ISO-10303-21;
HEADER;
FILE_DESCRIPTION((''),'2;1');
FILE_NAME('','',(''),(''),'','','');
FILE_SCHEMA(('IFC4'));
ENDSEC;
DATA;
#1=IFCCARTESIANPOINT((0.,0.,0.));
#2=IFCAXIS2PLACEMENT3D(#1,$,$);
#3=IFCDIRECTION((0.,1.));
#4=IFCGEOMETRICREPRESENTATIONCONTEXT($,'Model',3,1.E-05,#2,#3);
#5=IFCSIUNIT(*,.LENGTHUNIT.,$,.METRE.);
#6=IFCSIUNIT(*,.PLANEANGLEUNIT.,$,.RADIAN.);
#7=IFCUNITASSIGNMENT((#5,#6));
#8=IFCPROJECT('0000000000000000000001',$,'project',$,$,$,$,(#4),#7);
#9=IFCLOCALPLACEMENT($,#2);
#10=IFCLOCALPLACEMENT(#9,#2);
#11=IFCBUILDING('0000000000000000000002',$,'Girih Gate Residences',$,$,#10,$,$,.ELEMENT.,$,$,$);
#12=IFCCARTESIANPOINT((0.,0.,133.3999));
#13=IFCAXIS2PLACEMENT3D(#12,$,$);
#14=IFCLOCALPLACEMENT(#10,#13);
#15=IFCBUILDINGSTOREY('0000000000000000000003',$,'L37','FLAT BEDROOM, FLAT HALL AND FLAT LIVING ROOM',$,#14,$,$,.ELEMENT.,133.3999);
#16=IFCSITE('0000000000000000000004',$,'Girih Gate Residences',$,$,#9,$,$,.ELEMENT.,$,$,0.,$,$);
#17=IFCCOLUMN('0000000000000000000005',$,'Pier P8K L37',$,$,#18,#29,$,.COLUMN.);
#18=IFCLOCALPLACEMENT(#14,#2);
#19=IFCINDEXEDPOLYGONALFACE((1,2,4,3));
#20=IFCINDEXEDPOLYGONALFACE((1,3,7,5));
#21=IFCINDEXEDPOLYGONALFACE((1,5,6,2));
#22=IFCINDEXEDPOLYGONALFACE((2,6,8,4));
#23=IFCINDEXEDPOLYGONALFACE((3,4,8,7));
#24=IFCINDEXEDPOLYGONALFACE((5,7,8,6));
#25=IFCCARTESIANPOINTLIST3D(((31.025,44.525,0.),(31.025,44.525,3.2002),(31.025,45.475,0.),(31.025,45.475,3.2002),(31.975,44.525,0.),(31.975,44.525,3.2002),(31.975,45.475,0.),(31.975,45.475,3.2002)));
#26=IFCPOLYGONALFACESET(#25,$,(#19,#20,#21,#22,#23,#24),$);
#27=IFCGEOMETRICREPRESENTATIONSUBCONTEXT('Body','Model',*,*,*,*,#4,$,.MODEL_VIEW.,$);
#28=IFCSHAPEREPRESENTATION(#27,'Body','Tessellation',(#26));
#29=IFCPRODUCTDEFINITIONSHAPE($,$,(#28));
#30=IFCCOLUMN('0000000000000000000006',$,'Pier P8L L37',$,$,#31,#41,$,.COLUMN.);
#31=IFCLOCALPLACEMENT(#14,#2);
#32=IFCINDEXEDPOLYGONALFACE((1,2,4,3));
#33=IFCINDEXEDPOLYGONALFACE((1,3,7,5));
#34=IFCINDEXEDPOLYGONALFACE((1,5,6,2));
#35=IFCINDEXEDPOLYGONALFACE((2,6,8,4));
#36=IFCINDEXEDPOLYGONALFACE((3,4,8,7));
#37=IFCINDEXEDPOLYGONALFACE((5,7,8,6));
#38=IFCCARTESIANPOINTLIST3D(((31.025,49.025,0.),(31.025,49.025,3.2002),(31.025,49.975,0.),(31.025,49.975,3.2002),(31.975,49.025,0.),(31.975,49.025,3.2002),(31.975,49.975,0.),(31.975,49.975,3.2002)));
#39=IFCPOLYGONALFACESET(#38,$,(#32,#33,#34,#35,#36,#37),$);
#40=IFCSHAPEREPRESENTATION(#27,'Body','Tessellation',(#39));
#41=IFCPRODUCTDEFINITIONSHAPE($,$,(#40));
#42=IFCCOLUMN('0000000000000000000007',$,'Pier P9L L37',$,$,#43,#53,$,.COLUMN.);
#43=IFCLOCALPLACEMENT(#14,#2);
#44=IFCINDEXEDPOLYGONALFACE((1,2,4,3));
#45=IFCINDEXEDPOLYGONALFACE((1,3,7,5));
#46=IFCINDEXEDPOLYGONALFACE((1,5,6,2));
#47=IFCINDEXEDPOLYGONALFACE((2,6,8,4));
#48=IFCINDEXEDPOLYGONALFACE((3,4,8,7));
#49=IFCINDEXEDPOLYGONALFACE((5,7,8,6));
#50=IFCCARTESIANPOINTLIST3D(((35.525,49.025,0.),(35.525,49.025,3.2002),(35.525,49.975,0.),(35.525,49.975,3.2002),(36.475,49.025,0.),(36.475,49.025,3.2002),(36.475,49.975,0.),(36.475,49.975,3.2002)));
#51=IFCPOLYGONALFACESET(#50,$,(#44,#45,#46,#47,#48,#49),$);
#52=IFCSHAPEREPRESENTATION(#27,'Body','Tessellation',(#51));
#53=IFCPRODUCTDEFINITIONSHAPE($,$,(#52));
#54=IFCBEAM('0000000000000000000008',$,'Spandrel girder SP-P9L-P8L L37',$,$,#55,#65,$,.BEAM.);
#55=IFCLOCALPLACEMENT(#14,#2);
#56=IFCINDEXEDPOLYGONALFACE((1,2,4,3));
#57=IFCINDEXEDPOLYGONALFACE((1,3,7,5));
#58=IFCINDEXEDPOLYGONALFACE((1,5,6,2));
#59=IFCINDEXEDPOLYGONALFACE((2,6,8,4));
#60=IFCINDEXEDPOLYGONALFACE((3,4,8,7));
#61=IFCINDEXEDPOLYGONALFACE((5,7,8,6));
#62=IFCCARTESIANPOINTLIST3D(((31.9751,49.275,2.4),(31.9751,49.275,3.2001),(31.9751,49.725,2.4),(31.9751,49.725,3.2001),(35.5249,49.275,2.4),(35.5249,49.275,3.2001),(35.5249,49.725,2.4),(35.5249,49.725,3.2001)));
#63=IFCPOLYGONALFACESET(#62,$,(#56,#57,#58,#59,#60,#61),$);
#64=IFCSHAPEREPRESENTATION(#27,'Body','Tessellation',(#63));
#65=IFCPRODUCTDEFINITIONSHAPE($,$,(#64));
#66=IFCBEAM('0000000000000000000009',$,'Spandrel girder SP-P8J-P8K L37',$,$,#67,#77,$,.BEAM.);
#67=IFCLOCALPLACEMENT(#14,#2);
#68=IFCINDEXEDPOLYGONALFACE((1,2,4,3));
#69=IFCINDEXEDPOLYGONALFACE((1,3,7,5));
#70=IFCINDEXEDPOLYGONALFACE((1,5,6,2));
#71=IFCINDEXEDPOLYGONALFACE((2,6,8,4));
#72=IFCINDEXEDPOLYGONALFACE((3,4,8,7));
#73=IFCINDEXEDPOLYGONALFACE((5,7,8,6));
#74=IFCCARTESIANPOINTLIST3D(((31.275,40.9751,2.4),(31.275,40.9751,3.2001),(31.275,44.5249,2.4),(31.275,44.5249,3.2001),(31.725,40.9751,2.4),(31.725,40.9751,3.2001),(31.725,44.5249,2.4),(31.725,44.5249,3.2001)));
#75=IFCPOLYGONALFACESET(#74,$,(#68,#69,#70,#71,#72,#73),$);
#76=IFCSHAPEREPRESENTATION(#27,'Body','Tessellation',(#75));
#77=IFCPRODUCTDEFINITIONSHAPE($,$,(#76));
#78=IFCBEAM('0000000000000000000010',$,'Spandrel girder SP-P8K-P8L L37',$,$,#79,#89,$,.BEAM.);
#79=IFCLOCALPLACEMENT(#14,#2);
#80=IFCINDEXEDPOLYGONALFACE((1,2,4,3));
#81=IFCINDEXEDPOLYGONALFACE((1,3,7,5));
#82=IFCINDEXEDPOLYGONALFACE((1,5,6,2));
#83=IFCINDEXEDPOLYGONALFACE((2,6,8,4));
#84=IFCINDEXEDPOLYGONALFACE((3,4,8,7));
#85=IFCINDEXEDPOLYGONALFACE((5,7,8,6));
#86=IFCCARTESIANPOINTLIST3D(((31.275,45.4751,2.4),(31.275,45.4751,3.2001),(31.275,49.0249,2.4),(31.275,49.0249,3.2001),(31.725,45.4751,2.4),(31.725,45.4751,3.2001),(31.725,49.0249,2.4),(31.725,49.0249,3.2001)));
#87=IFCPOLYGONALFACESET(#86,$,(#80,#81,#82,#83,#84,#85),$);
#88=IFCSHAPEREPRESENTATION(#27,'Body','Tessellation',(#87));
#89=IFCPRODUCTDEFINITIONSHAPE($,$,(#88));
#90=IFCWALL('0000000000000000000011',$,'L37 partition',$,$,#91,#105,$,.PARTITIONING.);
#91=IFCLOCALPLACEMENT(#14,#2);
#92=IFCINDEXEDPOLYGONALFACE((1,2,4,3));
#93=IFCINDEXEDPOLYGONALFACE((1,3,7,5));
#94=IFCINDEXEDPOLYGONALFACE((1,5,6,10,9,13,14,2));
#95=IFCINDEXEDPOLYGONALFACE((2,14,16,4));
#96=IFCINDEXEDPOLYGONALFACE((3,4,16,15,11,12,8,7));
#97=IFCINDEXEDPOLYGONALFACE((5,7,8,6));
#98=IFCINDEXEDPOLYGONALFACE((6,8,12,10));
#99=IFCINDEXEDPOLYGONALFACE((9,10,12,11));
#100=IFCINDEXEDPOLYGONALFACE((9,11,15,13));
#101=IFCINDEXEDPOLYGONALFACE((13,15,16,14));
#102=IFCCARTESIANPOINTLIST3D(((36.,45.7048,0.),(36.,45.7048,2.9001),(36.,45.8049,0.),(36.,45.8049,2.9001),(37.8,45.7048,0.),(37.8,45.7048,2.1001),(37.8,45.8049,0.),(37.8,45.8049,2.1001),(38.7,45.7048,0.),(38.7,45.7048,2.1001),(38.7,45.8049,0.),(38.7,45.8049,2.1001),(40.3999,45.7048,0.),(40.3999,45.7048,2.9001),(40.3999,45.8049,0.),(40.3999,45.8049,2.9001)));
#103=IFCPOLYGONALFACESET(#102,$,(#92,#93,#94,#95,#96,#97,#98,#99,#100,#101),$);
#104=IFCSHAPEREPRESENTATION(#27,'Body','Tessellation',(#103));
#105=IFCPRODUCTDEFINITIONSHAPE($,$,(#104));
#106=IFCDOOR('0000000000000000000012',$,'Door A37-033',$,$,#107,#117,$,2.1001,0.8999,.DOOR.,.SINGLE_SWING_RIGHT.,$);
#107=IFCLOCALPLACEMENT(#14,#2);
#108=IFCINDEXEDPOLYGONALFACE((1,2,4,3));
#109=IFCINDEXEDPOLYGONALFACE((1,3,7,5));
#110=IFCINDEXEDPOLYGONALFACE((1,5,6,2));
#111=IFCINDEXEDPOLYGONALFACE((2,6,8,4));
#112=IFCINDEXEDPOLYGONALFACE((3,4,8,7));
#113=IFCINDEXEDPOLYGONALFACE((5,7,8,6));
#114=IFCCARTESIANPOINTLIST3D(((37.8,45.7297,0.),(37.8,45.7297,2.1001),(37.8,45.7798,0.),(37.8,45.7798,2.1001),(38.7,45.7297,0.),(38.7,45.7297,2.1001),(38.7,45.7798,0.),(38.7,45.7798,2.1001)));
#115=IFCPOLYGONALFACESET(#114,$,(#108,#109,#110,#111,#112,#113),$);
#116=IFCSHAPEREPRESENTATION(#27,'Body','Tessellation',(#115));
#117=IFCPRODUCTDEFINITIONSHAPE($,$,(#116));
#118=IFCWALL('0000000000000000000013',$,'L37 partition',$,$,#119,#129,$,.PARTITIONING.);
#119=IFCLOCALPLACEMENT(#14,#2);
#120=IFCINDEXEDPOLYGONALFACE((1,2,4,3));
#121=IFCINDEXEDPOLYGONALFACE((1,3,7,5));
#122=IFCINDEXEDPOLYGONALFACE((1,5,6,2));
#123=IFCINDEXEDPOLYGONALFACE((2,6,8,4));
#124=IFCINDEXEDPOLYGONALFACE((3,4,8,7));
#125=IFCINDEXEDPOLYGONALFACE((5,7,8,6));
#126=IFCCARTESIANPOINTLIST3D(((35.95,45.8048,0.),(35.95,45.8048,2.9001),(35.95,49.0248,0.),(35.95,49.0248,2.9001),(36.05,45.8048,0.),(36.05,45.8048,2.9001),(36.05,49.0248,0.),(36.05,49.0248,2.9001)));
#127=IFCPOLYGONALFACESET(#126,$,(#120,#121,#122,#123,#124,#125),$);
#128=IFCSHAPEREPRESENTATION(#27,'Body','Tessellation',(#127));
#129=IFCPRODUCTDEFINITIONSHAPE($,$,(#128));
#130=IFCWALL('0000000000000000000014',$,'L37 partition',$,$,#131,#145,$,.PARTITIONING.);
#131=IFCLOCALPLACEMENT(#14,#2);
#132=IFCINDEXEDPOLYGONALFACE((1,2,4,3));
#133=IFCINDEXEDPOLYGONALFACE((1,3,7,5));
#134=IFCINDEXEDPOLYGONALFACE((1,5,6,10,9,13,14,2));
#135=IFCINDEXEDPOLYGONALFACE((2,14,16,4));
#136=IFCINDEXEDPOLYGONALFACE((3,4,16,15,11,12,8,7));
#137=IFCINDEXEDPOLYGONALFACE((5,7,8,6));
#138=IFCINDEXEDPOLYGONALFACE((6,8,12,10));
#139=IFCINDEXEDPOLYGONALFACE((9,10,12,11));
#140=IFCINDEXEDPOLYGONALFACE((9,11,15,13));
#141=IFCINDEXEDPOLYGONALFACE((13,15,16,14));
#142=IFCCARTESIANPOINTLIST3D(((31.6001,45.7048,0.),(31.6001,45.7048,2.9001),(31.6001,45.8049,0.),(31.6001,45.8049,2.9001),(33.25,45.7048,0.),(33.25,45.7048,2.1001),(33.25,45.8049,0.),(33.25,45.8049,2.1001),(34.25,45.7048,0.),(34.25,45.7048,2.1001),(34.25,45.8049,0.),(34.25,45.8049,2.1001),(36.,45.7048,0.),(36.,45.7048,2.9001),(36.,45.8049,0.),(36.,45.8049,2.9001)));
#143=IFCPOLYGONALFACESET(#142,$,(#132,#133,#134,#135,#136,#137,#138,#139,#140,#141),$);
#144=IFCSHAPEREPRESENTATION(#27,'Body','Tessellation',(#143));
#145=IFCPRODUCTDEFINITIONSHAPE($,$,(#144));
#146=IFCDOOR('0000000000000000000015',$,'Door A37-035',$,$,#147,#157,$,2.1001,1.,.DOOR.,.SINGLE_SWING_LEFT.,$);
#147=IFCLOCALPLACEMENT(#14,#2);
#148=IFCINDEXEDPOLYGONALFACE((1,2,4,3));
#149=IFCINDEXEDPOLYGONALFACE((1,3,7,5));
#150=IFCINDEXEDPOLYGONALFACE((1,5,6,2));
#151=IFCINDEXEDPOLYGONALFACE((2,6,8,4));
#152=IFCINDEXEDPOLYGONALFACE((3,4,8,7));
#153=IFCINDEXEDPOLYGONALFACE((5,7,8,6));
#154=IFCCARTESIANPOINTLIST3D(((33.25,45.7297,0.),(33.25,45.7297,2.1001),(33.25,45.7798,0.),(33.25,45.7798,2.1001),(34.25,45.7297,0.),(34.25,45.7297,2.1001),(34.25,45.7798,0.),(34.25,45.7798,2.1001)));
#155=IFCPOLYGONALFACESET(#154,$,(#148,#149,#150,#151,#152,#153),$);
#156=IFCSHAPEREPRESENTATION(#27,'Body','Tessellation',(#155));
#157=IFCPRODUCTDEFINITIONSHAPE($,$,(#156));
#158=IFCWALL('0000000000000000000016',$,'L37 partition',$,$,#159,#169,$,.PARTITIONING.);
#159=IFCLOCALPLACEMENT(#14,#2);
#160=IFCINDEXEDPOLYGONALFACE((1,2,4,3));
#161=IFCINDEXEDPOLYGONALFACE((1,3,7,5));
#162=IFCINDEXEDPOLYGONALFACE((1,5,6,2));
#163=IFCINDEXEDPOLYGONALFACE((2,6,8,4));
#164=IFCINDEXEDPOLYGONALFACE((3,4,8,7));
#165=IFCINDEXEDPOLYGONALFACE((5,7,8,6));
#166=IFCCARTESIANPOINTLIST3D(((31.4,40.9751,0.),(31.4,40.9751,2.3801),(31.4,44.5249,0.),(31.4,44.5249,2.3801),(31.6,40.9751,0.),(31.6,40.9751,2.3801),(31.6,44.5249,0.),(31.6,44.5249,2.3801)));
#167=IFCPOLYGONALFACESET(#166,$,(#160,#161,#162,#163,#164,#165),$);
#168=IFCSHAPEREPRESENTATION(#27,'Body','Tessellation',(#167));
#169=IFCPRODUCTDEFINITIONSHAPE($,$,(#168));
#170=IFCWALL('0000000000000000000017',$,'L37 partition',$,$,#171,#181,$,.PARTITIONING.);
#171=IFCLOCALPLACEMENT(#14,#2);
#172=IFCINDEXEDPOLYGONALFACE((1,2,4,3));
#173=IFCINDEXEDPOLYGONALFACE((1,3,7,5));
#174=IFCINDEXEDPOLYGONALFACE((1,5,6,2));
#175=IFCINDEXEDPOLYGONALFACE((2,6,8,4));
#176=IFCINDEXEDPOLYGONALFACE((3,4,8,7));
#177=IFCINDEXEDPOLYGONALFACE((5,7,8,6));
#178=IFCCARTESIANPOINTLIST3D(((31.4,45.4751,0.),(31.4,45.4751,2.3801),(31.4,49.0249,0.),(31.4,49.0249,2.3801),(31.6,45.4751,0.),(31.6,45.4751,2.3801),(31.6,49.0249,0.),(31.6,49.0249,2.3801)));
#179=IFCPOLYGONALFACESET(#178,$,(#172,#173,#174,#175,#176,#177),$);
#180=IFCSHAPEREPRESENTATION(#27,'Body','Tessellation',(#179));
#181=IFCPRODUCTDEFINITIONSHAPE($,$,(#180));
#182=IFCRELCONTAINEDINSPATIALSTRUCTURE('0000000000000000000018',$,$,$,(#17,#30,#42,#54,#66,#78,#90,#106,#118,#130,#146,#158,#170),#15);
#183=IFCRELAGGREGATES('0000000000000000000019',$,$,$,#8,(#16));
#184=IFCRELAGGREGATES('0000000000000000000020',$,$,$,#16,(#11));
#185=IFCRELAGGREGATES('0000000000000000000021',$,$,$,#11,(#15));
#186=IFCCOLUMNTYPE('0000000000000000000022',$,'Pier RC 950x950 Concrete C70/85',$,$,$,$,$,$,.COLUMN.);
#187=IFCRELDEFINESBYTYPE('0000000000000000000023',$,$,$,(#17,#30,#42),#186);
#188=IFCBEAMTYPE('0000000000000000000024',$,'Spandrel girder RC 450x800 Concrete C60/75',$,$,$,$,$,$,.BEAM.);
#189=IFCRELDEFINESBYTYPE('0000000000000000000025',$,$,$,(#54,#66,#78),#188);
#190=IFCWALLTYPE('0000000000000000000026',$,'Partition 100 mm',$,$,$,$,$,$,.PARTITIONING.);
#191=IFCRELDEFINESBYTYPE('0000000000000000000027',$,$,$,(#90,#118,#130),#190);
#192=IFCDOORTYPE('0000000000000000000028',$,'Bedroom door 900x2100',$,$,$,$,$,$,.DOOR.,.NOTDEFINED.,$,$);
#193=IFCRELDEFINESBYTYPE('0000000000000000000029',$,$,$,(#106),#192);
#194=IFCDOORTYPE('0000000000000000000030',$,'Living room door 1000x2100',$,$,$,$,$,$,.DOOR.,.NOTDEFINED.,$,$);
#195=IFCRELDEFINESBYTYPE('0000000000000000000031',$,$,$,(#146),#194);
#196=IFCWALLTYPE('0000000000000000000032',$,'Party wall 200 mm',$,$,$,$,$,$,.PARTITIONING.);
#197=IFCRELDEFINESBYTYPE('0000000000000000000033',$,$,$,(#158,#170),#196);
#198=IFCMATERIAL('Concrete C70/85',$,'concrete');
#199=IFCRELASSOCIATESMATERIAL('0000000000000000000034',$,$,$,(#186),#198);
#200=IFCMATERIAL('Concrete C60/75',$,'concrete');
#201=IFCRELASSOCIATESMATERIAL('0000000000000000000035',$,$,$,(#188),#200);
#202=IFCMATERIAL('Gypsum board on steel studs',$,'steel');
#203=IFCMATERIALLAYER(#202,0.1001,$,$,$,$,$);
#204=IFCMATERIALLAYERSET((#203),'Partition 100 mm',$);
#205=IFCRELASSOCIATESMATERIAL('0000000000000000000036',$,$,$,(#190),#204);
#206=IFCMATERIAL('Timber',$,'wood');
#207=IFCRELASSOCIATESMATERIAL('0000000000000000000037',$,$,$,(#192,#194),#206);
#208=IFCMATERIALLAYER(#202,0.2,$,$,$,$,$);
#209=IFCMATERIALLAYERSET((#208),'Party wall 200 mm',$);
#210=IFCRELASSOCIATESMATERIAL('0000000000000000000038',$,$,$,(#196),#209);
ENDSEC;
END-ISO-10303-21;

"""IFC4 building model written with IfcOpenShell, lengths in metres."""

from ifc_helpers import new_model, si_unit, direction, frame, frame_2d, origin, origin_2d, place, context, subcontext, project, spatial, rectangle, extrude, material, layer, layer_set, material_profile, profile_set, type_object, element, fill, save


model = new_model("IFC4")

# Units and contexts
model_context = context("Model", 3, precision=1e-05, world=origin(), true_north=direction((0.0, 1.0)))
body_context = subcontext(model_context, "Body", "Model", "MODEL_VIEW")
ifc_project = project(units=[si_unit("LENGTHUNIT", "METRE"), si_unit("PLANEANGLEUNIT", "RADIAN")], contexts=[model_context])

# Site, building, storey
site_placement = place(None, origin())
site = spatial("IfcSite", under=ifc_project, at=site_placement, Name="Girih Gate Residences", CompositionType="ELEMENT", RefElevation=0.0)
building_placement = place(site_placement, origin())
building = spatial("IfcBuilding", under=site, at=building_placement, Name="Girih Gate Residences", CompositionType="ELEMENT")
storey_placement = place(building_placement, frame((0.0, 0.0, 133.3999)))
storey = spatial("IfcBuildingStorey", under=building, at=storey_placement, Name="L37", Description="FLAT BEDROOM, FLAT HALL AND FLAT LIVING ROOM", CompositionType="ELEMENT", Elevation=133.3999)

# Columns
ifc_material_1 = material(Name="Concrete C70/85", Category="concrete")
ifc_material_profile_1 = material_profile(ifc_material_1, rectangle(XDim=0.95, YDim=0.95, at=origin_2d()))
ifc_profile_set_1 = profile_set([ifc_material_profile_1], Name="Concrete C70/85")
column_type = type_object("IfcColumnType", Name="Pier RC 950x950 Concrete C70/85", PredefinedType="COLUMN", material=ifc_profile_set_1)
for number, where, z_axis, x_axis, name in (
    (1, (31.5, 45.0, 0.0), (0.0, 0.0, 1.0), (1.0, 0.0, 0.0), "Pier P8K L37"),
    (2, (31.5, 49.5, 0.0), (0.0, 0.0, 1.0), (1.0, 0.0, 0.0), "Pier P8L L37"),
    (3, (36.0, 49.5, 0.0), (0.0, 0.0, 1.0), (1.0, 0.0, 0.0), "Pier P9L L37"),
):
    element("IfcColumn", number, at=place(storey_placement, frame(where, z_axis=z_axis, x_axis=x_axis)), inside=storey, type_object=column_type, Name=name, PredefinedType="COLUMN", context=body_context, shape_type="SweptSolid", body=[
        extrude(rectangle(XDim=0.95, YDim=0.95, at=origin_2d()), origin(), (0.0, 0.0, 1.0), 3.2002),
    ])

# Beams
ifc_material_2 = material(Name="Concrete C60/75", Category="concrete")
ifc_material_profile_2 = material_profile(ifc_material_2, rectangle(XDim=0.45, YDim=0.8, at=origin_2d()))
ifc_profile_set_2 = profile_set([ifc_material_profile_2], Name="Concrete C60/75")
beam_type = type_object("IfcBeamType", Name="Spandrel girder RC 450x800 Concrete C60/75", PredefinedType="BEAM", material=ifc_profile_set_2)
for number, where, z_axis, x_axis, name in (
    (4, (35.5249, 49.5, 2.8), (-1.0, 0.0, 0.0), (0.0, -1.0, 0.0), "Spandrel girder SP-P9L-P8L L37"),
    (5, (31.5, 40.9751, 2.8), (0.0, 1.0, 0.0), (-1.0, 0.0, 0.0), "Spandrel girder SP-P8J-P8K L37"),
    (6, (31.5, 45.4751, 2.8), (0.0, 1.0, 0.0), (-1.0, 0.0, 0.0), "Spandrel girder SP-P8K-P8L L37"),
):
    element("IfcBeam", number, at=place(storey_placement, frame(where, z_axis=z_axis, x_axis=x_axis)), inside=storey, type_object=beam_type, Name=name, PredefinedType="BEAM", context=body_context, shape_type="SweptSolid", body=[
        extrude(rectangle(XDim=0.45, YDim=0.8, at=origin_2d()), origin(), (0.0, 0.0, 1.0), 3.5498),
    ])

# Wall, opening, door
ifc_material_3 = material(Name="Gypsum board on steel studs", Category="steel")
ifc_layer_1 = layer(ifc_material_3, 0.1001)
ifc_layer_set_1 = layer_set([ifc_layer_1], Name="Partition 100 mm")
wall_type_1 = type_object("IfcWallType", Name="Partition 100 mm", PredefinedType="PARTITIONING", material=ifc_layer_set_1)
wall_1_placement = place(storey_placement, frame((36.0, 45.7549, 0.0), z_axis=(0.0, 0.0, 1.0), x_axis=(1.0, 0.0, 0.0)))
wall_1 = element("IfcWall", 7, at=wall_1_placement, inside=storey, type_object=wall_type_1, Name="L37 partition", PredefinedType="PARTITIONING", context=body_context, shape_type="SweptSolid", body=[
    extrude(rectangle(XDim=4.3999, YDim=0.1001, at=frame_2d((2.2, 0.0))), origin(), (0.0, 0.0, 1.0), 2.9001),
])
opening_1_placement = place(wall_1_placement, frame((1.8, 0.0, 0.0)))
opening_1 = element("IfcOpeningElement", 8, at=opening_1_placement, cuts=wall_1, PredefinedType="OPENING", context=body_context, shape_type="SweptSolid", body=[
    extrude(rectangle(XDim=0.8999, YDim=2.1001, at=frame_2d((0.45, 1.05))), frame((0.0, 0.0601, 0.0), z_axis=(0.0, -1.0, 0.0), x_axis=(1.0, 0.0, 0.0)), (0.0, 0.0, 1.0), 0.1201),
])
ifc_material_4 = material(Name="Timber", Category="wood")
door_type_1 = type_object("IfcDoorType", Name="Bedroom door 900x2100", OperationType="NOTDEFINED", PredefinedType="DOOR", material=ifc_material_4)
door_1_placement = place(opening_1_placement, origin())
door_1 = element("IfcDoor", 9, at=door_1_placement, inside=storey, type_object=door_type_1, Name="Door A37-033", OperationType="SINGLE_SWING_RIGHT", OverallHeight=2.1001, OverallWidth=0.8999, PredefinedType="DOOR", context=body_context, shape_type="SweptSolid", body=[
    extrude(rectangle(XDim=0.8999, YDim=2.1001, at=frame_2d((0.45, 1.05))), frame((0.0, 0.0249, 0.0), z_axis=(0.0, -1.0, 0.0), x_axis=(1.0, 0.0, 0.0)), (0.0, 0.0, 1.0), 0.05),
])
fill(opening_1, door_1)

# Wall
wall_2_placement = place(storey_placement, frame((36.0, 45.8049, 0.0), z_axis=(0.0, 0.0, 1.0), x_axis=(0.0, 1.0, 0.0)))
element("IfcWall", 10, at=wall_2_placement, inside=storey, type_object=wall_type_1, Name="L37 partition", PredefinedType="PARTITIONING", context=body_context, shape_type="SweptSolid", body=[
    extrude(rectangle(XDim=3.22, YDim=0.1001, at=frame_2d((1.6099, 0.0))), origin(), (0.0, 0.0, 1.0), 2.9001),
])

# Wall, opening, door
wall_3_placement = place(storey_placement, frame((31.6001, 45.7549, 0.0), z_axis=(0.0, 0.0, 1.0), x_axis=(1.0, 0.0, 0.0)))
wall_3 = element("IfcWall", 11, at=wall_3_placement, inside=storey, type_object=wall_type_1, Name="L37 partition", PredefinedType="PARTITIONING", context=body_context, shape_type="SweptSolid", body=[
    extrude(rectangle(XDim=4.3999, YDim=0.1001, at=frame_2d((2.2, 0.0))), origin(), (0.0, 0.0, 1.0), 2.9001),
])
opening_2_placement = place(wall_3_placement, frame((1.6499, 0.0, 0.0)))
opening_2 = element("IfcOpeningElement", 12, at=opening_2_placement, cuts=wall_3, PredefinedType="OPENING", context=body_context, shape_type="SweptSolid", body=[
    extrude(rectangle(XDim=1.0, YDim=2.1001, at=frame_2d((0.5, 1.05))), frame((0.0, 0.0601, 0.0), z_axis=(0.0, -1.0, 0.0), x_axis=(1.0, 0.0, 0.0)), (0.0, 0.0, 1.0), 0.1201),
])
door_type_2 = type_object("IfcDoorType", Name="Living room door 1000x2100", OperationType="NOTDEFINED", PredefinedType="DOOR", material=ifc_material_4)
door_2_placement = place(opening_2_placement, origin())
door_2 = element("IfcDoor", 13, at=door_2_placement, inside=storey, type_object=door_type_2, Name="Door A37-035", OperationType="SINGLE_SWING_LEFT", OverallHeight=2.1001, OverallWidth=1.0, PredefinedType="DOOR", context=body_context, shape_type="SweptSolid", body=[
    extrude(rectangle(XDim=1.0, YDim=2.1001, at=frame_2d((0.5, 1.05))), frame((0.0, 0.0249, 0.0), z_axis=(0.0, -1.0, 0.0), x_axis=(1.0, 0.0, 0.0)), (0.0, 0.0, 1.0), 0.05),
])
fill(opening_2, door_2)

# Walls
ifc_layer_2 = layer(ifc_material_3, 0.2)
ifc_layer_set_2 = layer_set([ifc_layer_2], Name="Party wall 200 mm")
wall_type_2 = type_object("IfcWallType", Name="Party wall 200 mm", PredefinedType="PARTITIONING", material=ifc_layer_set_2)
for number, where, z_axis, x_axis, name in (
    (14, (31.5, 40.9751, 0.0), (0.0, 0.0, 1.0), (0.0, 1.0, 0.0), "L37 partition"),
    (15, (31.5, 45.4751, 0.0), (0.0, 0.0, 1.0), (0.0, 1.0, 0.0), "L37 partition"),
):
    element("IfcWall", number, at=place(storey_placement, frame(where, z_axis=z_axis, x_axis=x_axis)), inside=storey, type_object=wall_type_2, Name=name, PredefinedType="PARTITIONING", context=body_context, shape_type="SweptSolid", body=[
        extrude(rectangle(XDim=3.5498, YDim=0.2, at=frame_2d((1.7749, 0.0))), origin(), (0.0, 0.0, 1.0), 2.3801),
    ])

save(model, "model.ifc")
